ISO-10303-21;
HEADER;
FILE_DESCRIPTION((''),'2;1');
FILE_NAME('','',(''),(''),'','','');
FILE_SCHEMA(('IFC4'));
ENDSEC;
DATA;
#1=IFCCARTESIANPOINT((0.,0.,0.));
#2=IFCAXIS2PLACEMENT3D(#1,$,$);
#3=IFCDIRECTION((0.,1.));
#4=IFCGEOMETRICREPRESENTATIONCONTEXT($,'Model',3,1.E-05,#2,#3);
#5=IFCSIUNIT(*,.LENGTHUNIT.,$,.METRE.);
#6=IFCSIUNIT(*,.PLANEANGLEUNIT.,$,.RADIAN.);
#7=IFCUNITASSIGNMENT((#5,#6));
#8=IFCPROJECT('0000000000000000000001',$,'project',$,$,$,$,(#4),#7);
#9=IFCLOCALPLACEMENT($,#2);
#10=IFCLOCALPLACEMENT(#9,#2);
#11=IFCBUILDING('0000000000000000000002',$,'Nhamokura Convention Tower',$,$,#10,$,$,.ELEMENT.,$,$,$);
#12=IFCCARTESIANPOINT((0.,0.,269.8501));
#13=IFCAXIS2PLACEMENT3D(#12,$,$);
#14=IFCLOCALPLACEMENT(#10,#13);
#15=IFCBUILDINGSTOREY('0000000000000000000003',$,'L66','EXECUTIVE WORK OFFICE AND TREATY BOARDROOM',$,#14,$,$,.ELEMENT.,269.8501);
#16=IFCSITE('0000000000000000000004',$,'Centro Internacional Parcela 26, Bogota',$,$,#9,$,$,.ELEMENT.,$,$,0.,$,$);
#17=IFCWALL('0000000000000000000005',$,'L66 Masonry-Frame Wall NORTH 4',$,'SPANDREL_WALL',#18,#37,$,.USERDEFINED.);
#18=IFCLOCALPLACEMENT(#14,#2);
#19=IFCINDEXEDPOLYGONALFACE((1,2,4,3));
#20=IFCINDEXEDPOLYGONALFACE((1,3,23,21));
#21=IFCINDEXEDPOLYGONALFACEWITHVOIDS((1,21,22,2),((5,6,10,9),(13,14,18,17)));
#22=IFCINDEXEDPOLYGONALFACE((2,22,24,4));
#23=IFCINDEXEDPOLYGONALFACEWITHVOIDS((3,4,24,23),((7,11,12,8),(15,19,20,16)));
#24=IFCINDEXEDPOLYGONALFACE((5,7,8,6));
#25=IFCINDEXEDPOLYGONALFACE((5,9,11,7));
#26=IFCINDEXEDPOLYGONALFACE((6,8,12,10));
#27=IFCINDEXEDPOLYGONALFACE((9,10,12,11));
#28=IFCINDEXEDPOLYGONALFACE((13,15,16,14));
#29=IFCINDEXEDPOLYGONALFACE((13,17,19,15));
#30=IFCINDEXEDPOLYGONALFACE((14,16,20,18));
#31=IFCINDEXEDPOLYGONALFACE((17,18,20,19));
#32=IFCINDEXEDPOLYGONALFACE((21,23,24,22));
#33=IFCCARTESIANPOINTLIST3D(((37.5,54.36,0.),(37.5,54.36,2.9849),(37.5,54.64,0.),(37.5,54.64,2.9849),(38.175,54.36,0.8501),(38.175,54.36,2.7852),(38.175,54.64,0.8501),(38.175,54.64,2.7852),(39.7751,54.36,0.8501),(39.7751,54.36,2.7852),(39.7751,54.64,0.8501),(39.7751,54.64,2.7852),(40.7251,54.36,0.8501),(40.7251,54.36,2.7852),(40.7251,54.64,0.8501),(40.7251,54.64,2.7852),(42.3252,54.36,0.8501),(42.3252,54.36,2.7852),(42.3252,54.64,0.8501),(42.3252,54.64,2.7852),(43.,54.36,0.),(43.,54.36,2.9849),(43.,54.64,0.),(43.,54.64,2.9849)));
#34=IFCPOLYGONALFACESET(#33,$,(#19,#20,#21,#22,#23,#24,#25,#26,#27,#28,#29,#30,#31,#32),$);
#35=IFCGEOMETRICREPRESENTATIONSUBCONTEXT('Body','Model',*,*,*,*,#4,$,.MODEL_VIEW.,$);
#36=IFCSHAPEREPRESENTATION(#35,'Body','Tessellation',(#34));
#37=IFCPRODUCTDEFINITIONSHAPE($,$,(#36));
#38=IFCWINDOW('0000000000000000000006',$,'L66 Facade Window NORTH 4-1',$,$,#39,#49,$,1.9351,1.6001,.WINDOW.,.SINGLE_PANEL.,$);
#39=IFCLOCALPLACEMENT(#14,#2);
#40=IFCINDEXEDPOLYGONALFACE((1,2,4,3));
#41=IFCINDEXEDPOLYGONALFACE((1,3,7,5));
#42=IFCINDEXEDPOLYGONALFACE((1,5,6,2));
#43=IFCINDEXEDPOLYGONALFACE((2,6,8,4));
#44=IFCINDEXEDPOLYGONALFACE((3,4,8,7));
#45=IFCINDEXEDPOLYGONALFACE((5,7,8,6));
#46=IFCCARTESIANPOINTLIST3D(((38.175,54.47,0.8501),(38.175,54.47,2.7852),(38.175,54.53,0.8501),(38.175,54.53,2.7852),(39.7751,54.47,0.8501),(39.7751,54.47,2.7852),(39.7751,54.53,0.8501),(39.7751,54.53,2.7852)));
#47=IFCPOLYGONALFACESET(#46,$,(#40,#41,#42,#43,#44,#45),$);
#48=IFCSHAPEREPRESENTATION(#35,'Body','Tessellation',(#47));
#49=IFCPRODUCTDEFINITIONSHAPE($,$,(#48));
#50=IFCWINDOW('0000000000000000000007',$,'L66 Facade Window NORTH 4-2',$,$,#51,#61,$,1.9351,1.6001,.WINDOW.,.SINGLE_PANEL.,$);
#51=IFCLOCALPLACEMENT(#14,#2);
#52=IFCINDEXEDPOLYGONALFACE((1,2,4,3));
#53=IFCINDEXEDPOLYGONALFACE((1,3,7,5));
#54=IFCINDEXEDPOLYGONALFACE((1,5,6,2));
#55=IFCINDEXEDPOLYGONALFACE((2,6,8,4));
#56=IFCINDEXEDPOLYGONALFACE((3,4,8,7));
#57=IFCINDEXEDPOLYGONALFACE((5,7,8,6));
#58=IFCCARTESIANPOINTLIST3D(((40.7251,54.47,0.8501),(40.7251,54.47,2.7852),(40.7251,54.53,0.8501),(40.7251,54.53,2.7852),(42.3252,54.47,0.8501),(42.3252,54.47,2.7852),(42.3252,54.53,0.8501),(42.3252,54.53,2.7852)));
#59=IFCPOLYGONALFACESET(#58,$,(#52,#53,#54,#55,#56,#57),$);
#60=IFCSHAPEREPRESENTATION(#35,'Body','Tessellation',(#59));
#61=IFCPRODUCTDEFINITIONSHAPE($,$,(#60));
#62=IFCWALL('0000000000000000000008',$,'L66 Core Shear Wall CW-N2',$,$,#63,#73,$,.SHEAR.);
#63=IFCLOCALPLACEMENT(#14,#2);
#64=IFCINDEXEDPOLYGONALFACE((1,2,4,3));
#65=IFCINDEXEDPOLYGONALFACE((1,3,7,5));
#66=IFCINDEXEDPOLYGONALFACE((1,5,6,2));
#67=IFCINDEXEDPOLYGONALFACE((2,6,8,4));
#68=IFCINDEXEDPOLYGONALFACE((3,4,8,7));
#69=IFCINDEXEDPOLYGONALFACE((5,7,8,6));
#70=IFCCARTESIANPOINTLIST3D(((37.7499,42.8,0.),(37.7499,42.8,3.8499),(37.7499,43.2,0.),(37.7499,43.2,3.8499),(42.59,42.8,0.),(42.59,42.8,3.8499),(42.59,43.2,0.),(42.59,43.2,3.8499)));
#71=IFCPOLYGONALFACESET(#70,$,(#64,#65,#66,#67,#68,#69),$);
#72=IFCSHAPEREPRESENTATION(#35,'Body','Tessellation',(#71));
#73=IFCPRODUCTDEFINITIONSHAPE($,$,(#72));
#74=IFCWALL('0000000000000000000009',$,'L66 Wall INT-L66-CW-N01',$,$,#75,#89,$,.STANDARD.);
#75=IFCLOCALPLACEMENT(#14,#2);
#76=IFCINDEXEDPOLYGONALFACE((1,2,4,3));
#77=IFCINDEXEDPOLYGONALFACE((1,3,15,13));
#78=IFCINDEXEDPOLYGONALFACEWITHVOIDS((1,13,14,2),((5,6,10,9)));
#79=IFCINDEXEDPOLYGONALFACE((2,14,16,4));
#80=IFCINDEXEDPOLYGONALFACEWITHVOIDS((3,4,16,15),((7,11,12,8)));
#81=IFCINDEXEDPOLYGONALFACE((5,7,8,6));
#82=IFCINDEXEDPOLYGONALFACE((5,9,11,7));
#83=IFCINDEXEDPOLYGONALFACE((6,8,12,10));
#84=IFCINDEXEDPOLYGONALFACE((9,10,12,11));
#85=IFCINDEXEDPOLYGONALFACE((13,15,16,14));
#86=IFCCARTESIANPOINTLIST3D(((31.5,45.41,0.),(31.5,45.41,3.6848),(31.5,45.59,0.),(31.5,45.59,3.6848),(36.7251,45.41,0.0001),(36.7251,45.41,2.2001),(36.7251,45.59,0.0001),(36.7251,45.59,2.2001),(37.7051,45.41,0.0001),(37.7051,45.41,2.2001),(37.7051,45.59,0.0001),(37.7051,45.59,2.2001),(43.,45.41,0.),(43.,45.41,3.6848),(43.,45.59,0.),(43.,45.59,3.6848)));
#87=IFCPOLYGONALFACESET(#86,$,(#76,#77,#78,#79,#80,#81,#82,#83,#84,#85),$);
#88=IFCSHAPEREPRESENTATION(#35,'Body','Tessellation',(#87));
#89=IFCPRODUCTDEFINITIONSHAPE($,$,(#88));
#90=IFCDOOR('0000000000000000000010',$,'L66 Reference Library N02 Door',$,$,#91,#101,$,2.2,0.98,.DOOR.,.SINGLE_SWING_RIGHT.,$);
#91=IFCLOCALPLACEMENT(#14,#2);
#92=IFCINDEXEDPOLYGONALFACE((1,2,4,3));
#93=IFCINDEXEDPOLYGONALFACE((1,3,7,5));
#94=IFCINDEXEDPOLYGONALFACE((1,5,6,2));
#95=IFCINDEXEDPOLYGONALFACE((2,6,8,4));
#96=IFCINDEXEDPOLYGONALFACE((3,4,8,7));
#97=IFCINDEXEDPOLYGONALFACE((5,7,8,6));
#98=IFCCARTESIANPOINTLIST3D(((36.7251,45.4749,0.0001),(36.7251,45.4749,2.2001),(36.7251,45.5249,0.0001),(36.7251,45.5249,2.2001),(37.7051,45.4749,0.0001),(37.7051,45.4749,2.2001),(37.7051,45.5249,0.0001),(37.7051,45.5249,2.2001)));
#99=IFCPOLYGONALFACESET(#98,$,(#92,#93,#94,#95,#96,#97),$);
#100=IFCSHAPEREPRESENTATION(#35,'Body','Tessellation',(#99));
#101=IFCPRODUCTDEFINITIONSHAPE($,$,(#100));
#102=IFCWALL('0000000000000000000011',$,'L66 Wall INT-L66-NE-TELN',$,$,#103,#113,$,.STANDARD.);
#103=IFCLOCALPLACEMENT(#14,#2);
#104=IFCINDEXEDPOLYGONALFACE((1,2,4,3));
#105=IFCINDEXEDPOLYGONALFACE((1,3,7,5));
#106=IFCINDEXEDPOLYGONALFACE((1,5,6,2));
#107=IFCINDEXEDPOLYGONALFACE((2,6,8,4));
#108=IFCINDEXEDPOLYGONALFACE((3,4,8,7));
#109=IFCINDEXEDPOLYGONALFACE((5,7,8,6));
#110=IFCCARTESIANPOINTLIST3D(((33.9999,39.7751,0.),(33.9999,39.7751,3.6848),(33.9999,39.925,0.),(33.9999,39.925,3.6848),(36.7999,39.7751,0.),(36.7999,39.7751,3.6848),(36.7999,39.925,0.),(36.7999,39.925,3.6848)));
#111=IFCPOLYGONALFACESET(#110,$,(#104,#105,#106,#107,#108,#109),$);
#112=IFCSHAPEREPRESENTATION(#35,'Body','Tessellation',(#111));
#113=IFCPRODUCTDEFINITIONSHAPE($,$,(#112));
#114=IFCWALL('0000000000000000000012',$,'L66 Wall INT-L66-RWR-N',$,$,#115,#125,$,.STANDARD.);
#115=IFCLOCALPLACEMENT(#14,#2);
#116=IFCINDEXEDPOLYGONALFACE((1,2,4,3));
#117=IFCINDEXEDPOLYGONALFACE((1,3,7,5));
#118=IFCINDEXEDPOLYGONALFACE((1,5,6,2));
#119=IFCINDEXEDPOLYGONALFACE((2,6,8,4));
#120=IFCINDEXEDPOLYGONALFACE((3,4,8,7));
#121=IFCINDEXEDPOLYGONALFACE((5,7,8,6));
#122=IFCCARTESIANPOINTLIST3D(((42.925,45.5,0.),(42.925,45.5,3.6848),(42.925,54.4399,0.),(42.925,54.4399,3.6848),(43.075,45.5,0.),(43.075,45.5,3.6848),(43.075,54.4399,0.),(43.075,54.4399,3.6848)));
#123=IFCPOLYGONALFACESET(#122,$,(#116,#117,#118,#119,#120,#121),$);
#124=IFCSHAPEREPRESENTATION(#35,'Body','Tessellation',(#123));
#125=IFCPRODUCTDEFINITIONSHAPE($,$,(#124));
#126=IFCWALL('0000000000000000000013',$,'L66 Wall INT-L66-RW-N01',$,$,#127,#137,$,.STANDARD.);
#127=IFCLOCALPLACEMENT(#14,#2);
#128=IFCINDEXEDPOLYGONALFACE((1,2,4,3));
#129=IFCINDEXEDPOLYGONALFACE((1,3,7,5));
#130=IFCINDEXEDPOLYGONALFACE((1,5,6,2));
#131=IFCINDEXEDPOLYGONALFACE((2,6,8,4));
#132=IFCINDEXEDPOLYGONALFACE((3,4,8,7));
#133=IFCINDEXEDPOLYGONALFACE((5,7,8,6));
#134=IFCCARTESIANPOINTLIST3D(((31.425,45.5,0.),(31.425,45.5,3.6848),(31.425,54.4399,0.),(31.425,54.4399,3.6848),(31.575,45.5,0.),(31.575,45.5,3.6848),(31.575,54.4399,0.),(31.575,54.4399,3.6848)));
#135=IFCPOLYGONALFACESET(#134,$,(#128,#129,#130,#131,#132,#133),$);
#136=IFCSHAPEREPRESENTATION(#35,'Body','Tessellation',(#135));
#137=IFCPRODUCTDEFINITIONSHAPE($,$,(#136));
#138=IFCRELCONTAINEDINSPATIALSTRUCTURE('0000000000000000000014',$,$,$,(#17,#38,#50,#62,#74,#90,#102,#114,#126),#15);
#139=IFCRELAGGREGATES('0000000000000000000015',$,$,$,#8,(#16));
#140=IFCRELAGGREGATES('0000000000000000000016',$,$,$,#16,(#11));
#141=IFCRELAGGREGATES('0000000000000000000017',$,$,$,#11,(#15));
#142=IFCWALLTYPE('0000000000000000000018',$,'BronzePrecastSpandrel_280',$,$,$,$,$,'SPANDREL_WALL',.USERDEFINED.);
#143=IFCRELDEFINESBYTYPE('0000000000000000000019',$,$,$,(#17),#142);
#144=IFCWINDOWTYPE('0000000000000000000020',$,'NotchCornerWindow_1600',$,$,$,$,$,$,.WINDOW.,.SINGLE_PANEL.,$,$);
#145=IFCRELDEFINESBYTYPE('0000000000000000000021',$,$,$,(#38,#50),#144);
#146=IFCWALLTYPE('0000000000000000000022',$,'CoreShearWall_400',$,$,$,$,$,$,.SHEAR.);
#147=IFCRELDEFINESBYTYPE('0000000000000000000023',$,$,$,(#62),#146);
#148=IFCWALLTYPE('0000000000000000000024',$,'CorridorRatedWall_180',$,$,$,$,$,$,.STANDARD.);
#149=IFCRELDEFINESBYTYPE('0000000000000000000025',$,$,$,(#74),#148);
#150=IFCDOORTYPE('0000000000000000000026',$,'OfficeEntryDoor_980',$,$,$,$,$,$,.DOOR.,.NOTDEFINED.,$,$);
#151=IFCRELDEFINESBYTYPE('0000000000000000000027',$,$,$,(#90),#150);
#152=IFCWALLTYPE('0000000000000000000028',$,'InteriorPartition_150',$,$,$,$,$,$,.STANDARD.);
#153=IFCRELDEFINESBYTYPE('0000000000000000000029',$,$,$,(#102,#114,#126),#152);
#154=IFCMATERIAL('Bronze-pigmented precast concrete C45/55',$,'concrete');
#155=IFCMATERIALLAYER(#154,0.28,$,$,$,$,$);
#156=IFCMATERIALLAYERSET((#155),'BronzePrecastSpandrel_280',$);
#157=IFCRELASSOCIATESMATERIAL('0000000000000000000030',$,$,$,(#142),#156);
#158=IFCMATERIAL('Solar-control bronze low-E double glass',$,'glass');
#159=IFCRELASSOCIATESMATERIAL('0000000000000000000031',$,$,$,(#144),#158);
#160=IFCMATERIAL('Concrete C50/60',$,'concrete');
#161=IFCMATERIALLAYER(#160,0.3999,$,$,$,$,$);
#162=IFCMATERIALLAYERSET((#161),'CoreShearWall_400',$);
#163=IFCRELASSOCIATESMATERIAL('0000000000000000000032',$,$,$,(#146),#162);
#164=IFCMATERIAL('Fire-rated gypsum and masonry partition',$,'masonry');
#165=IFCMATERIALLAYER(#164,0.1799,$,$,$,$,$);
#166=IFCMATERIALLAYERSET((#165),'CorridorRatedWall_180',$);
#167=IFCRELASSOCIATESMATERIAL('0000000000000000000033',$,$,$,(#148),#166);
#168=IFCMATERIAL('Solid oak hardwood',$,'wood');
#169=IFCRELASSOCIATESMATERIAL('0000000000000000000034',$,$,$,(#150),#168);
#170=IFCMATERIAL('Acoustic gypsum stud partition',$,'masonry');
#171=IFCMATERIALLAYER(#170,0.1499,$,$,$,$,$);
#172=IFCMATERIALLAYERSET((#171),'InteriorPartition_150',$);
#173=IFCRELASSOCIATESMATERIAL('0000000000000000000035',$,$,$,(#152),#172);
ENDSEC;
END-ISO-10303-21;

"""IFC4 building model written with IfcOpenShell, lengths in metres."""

from ifc_helpers import new_model, si_unit, direction, frame, frame_2d, origin, place, context, subcontext, project, spatial, rectangle, extrude, material, layer, layer_set, type_object, element, fill, save


model = new_model("IFC4")

# Units and contexts
model_context = context("Model", 3, precision=1e-05, world=origin(), true_north=direction((0.0, 1.0)))
body_context = subcontext(model_context, "Body", "Model", "MODEL_VIEW")
ifc_project = project(units=[si_unit("LENGTHUNIT", "METRE"), si_unit("PLANEANGLEUNIT", "RADIAN")], contexts=[model_context])

# Site, building, storey
site_placement = place(None, origin())
site = spatial("IfcSite", under=ifc_project, at=site_placement, Name="Centro Internacional Parcela 26, Bogota", CompositionType="ELEMENT", RefElevation=0.0)
building_placement = place(site_placement, origin())
building = spatial("IfcBuilding", under=site, at=building_placement, Name="Nhamokura Convention Tower", CompositionType="ELEMENT")
storey_placement = place(building_placement, frame((0.0, 0.0, 269.8501)))
storey = spatial("IfcBuildingStorey", under=building, at=storey_placement, Name="L66", Description="EXECUTIVE WORK OFFICE AND TREATY BOARDROOM", CompositionType="ELEMENT", Elevation=269.8501)

# Shared definitions
ifc_material_1 = material(Name="Bronze-pigmented precast concrete C45/55", Category="concrete")
ifc_layer_1 = layer(ifc_material_1, 0.28)
ifc_layer_set_1 = layer_set([ifc_layer_1], Name="BronzePrecastSpandrel_280")
wall_type_1 = type_object("IfcWallType", Name="BronzePrecastSpandrel_280", ElementType="SPANDREL_WALL", PredefinedType="USERDEFINED", material=ifc_layer_set_1)

# Wall, openings, windows
wall_1_placement = place(storey_placement, frame((37.5, 54.5, 0.0), z_axis=(0.0, 0.0, 1.0), x_axis=(1.0, 0.0, 0.0)))
wall_1 = element("IfcWall", 1, at=wall_1_placement, inside=storey, type_object=wall_type_1, Name="L66 Masonry-Frame Wall NORTH 4", ObjectType="SPANDREL_WALL", PredefinedType="USERDEFINED", context=body_context, shape_type="SweptSolid", body=[
    extrude(rectangle(XDim=5.5, YDim=0.28, at=frame_2d((2.75, 0.0))), origin(), (0.0, 0.0, 1.0), 2.9849),
])
opening_1_placement = place(wall_1_placement, frame((0.675, 0.0, 0.8501)))
opening_1 = element("IfcOpeningElement", 2, at=opening_1_placement, cuts=wall_1, PredefinedType="OPENING", context=body_context, shape_type="SweptSolid", body=[
    extrude(rectangle(XDim=1.6001, YDim=1.9351, at=frame_2d((0.8, 0.9675))), frame((0.0, 0.1499, 0.0), z_axis=(0.0, -1.0, 0.0), x_axis=(1.0, 0.0, 0.0)), (0.0, 0.0, 1.0), 0.3),
])
opening_2_placement = place(wall_1_placement, frame((3.2251, 0.0, 0.8501)))
opening_2 = element("IfcOpeningElement", 3, at=opening_2_placement, cuts=wall_1, PredefinedType="OPENING", context=body_context, shape_type="SweptSolid", body=[
    extrude(rectangle(XDim=1.6001, YDim=1.9351, at=frame_2d((0.8, 0.9675))), frame((0.0, 0.1499, 0.0), z_axis=(0.0, -1.0, 0.0), x_axis=(1.0, 0.0, 0.0)), (0.0, 0.0, 1.0), 0.3),
])
ifc_material_2 = material(Name="Solar-control bronze low-E double glass", Category="glass")
window_type_1 = type_object("IfcWindowType", Name="NotchCornerWindow_1600", PartitioningType="SINGLE_PANEL", PredefinedType="WINDOW", material=ifc_material_2)
window_1_placement = place(opening_1_placement, origin())
window_1 = element("IfcWindow", 4, at=window_1_placement, inside=storey, type_object=window_type_1, Name="L66 Facade Window NORTH 4-1", OverallHeight=1.9351, OverallWidth=1.6001, PartitioningType="SINGLE_PANEL", PredefinedType="WINDOW", context=body_context, shape_type="SweptSolid", body=[
    extrude(rectangle(XDim=1.6001, YDim=1.9351, at=frame_2d((0.8, 0.9675))), frame((0.0, 0.03, 0.0), z_axis=(0.0, -1.0, 0.0), x_axis=(1.0, 0.0, 0.0)), (0.0, 0.0, 1.0), 0.0601),
])
fill(opening_1, window_1)
window_2_placement = place(opening_2_placement, origin())
window_2 = element("IfcWindow", 5, at=window_2_placement, inside=storey, type_object=window_type_1, Name="L66 Facade Window NORTH 4-2", OverallHeight=1.9351, OverallWidth=1.6001, PartitioningType="SINGLE_PANEL", PredefinedType="WINDOW", context=body_context, shape_type="SweptSolid", body=[
    extrude(rectangle(XDim=1.6001, YDim=1.9351, at=frame_2d((0.8, 0.9675))), frame((0.0, 0.03, 0.0), z_axis=(0.0, -1.0, 0.0), x_axis=(1.0, 0.0, 0.0)), (0.0, 0.0, 1.0), 0.0601),
])
fill(opening_2, window_2)

# Wall
ifc_material_3 = material(Name="Concrete C50/60", Category="concrete")
ifc_layer_2 = layer(ifc_material_3, 0.3999)
ifc_layer_set_2 = layer_set([ifc_layer_2], Name="CoreShearWall_400")
wall_type_2 = type_object("IfcWallType", Name="CoreShearWall_400", PredefinedType="SHEAR", material=ifc_layer_set_2)
wall_2_placement = place(storey_placement, frame((37.75, 43.0, 0.0), z_axis=(0.0, 0.0, 1.0), x_axis=(1.0, 0.0, 0.0)))
element("IfcWall", 6, at=wall_2_placement, inside=storey, type_object=wall_type_2, Name="L66 Core Shear Wall CW-N2", PredefinedType="SHEAR", context=body_context, shape_type="SweptSolid", body=[
    extrude(rectangle(XDim=4.8401, YDim=0.3999, at=frame_2d((2.4199, 0.0))), origin(), (0.0, 0.0, 1.0), 3.8499),
])

# Wall, opening, door
ifc_material_4 = material(Name="Fire-rated gypsum and masonry partition", Category="masonry")
ifc_layer_3 = layer(ifc_material_4, 0.1799)
ifc_layer_set_3 = layer_set([ifc_layer_3], Name="CorridorRatedWall_180")
wall_type_3 = type_object("IfcWallType", Name="CorridorRatedWall_180", PredefinedType="STANDARD", material=ifc_layer_set_3)
wall_3_placement = place(storey_placement, frame((31.5, 45.5, 0.0), z_axis=(0.0, 0.0, 1.0), x_axis=(1.0, 0.0, 0.0)))
wall_3 = element("IfcWall", 7, at=wall_3_placement, inside=storey, type_object=wall_type_3, Name="L66 Wall INT-L66-CW-N01", PredefinedType="STANDARD", context=body_context, shape_type="SweptSolid", body=[
    extrude(rectangle(XDim=11.5, YDim=0.1799, at=frame_2d((5.75, 0.0))), origin(), (0.0, 0.0, 1.0), 3.6848),
])
opening_3_placement = place(wall_3_placement, frame((5.2251, 0.0, 0.0)))
opening_3 = element("IfcOpeningElement", 8, at=opening_3_placement, cuts=wall_3, PredefinedType="OPENING", context=body_context, shape_type="SweptSolid", body=[
    extrude(rectangle(XDim=0.98, YDim=2.2, at=frame_2d((0.49, 1.1001))), frame((0.0, 0.0999, 0.0), z_axis=(0.0, -1.0, 0.0), x_axis=(1.0, 0.0, 0.0)), (0.0, 0.0, 1.0), 0.2),
])
ifc_material_5 = material(Name="Solid oak hardwood", Category="wood")
door_type_1 = type_object("IfcDoorType", Name="OfficeEntryDoor_980", OperationType="NOTDEFINED", PredefinedType="DOOR", material=ifc_material_5)
door_1_placement = place(opening_3_placement, origin())
door_1 = element("IfcDoor", 9, at=door_1_placement, inside=storey, type_object=door_type_1, Name="L66 Reference Library N02 Door", OperationType="SINGLE_SWING_RIGHT", OverallHeight=2.2, OverallWidth=0.98, PredefinedType="DOOR", context=body_context, shape_type="SweptSolid", body=[
    extrude(rectangle(XDim=0.98, YDim=2.2, at=frame_2d((0.49, 1.1001))), frame((0.0, 0.0249, 0.0), z_axis=(0.0, -1.0, 0.0), x_axis=(1.0, 0.0, 0.0)), (0.0, 0.0, 1.0), 0.05),
])
fill(opening_3, door_1)

# Walls
ifc_material_6 = material(Name="Acoustic gypsum stud partition", Category="masonry")
ifc_layer_4 = layer(ifc_material_6, 0.1499)
ifc_layer_set_4 = layer_set([ifc_layer_4], Name="InteriorPartition_150")
wall_type_4 = type_object("IfcWallType", Name="InteriorPartition_150", PredefinedType="STANDARD", material=ifc_layer_set_4)
wall_4_placement = place(storey_placement, frame((34.0, 39.8501, 0.0), z_axis=(0.0, 0.0, 1.0), x_axis=(1.0, 0.0, 0.0)))
element("IfcWall", 10, at=wall_4_placement, inside=storey, type_object=wall_type_4, Name="L66 Wall INT-L66-NE-TELN", PredefinedType="STANDARD", context=body_context, shape_type="SweptSolid", body=[
    extrude(rectangle(XDim=2.8, YDim=0.1499, at=frame_2d((1.3999, 0.0))), origin(), (0.0, 0.0, 1.0), 3.6848),
])
for number, where, z_axis, x_axis, name in (
    (11, (43.0, 45.5, 0.0), (0.0, 0.0, 1.0), (0.0, 1.0, 0.0), "L66 Wall INT-L66-RWR-N"),
    (12, (31.5, 45.5, 0.0), (0.0, 0.0, 1.0), (0.0, 1.0, 0.0), "L66 Wall INT-L66-RW-N01"),
):
    element("IfcWall", number, at=place(storey_placement, frame(where, z_axis=z_axis, x_axis=x_axis)), inside=storey, type_object=wall_type_4, Name=name, PredefinedType="STANDARD", context=body_context, shape_type="SweptSolid", body=[
        extrude(rectangle(XDim=8.9399, YDim=0.1499, at=frame_2d((4.47, 0.0))), origin(), (0.0, 0.0, 1.0), 3.6848),
    ])

save(model, "model.ifc")
